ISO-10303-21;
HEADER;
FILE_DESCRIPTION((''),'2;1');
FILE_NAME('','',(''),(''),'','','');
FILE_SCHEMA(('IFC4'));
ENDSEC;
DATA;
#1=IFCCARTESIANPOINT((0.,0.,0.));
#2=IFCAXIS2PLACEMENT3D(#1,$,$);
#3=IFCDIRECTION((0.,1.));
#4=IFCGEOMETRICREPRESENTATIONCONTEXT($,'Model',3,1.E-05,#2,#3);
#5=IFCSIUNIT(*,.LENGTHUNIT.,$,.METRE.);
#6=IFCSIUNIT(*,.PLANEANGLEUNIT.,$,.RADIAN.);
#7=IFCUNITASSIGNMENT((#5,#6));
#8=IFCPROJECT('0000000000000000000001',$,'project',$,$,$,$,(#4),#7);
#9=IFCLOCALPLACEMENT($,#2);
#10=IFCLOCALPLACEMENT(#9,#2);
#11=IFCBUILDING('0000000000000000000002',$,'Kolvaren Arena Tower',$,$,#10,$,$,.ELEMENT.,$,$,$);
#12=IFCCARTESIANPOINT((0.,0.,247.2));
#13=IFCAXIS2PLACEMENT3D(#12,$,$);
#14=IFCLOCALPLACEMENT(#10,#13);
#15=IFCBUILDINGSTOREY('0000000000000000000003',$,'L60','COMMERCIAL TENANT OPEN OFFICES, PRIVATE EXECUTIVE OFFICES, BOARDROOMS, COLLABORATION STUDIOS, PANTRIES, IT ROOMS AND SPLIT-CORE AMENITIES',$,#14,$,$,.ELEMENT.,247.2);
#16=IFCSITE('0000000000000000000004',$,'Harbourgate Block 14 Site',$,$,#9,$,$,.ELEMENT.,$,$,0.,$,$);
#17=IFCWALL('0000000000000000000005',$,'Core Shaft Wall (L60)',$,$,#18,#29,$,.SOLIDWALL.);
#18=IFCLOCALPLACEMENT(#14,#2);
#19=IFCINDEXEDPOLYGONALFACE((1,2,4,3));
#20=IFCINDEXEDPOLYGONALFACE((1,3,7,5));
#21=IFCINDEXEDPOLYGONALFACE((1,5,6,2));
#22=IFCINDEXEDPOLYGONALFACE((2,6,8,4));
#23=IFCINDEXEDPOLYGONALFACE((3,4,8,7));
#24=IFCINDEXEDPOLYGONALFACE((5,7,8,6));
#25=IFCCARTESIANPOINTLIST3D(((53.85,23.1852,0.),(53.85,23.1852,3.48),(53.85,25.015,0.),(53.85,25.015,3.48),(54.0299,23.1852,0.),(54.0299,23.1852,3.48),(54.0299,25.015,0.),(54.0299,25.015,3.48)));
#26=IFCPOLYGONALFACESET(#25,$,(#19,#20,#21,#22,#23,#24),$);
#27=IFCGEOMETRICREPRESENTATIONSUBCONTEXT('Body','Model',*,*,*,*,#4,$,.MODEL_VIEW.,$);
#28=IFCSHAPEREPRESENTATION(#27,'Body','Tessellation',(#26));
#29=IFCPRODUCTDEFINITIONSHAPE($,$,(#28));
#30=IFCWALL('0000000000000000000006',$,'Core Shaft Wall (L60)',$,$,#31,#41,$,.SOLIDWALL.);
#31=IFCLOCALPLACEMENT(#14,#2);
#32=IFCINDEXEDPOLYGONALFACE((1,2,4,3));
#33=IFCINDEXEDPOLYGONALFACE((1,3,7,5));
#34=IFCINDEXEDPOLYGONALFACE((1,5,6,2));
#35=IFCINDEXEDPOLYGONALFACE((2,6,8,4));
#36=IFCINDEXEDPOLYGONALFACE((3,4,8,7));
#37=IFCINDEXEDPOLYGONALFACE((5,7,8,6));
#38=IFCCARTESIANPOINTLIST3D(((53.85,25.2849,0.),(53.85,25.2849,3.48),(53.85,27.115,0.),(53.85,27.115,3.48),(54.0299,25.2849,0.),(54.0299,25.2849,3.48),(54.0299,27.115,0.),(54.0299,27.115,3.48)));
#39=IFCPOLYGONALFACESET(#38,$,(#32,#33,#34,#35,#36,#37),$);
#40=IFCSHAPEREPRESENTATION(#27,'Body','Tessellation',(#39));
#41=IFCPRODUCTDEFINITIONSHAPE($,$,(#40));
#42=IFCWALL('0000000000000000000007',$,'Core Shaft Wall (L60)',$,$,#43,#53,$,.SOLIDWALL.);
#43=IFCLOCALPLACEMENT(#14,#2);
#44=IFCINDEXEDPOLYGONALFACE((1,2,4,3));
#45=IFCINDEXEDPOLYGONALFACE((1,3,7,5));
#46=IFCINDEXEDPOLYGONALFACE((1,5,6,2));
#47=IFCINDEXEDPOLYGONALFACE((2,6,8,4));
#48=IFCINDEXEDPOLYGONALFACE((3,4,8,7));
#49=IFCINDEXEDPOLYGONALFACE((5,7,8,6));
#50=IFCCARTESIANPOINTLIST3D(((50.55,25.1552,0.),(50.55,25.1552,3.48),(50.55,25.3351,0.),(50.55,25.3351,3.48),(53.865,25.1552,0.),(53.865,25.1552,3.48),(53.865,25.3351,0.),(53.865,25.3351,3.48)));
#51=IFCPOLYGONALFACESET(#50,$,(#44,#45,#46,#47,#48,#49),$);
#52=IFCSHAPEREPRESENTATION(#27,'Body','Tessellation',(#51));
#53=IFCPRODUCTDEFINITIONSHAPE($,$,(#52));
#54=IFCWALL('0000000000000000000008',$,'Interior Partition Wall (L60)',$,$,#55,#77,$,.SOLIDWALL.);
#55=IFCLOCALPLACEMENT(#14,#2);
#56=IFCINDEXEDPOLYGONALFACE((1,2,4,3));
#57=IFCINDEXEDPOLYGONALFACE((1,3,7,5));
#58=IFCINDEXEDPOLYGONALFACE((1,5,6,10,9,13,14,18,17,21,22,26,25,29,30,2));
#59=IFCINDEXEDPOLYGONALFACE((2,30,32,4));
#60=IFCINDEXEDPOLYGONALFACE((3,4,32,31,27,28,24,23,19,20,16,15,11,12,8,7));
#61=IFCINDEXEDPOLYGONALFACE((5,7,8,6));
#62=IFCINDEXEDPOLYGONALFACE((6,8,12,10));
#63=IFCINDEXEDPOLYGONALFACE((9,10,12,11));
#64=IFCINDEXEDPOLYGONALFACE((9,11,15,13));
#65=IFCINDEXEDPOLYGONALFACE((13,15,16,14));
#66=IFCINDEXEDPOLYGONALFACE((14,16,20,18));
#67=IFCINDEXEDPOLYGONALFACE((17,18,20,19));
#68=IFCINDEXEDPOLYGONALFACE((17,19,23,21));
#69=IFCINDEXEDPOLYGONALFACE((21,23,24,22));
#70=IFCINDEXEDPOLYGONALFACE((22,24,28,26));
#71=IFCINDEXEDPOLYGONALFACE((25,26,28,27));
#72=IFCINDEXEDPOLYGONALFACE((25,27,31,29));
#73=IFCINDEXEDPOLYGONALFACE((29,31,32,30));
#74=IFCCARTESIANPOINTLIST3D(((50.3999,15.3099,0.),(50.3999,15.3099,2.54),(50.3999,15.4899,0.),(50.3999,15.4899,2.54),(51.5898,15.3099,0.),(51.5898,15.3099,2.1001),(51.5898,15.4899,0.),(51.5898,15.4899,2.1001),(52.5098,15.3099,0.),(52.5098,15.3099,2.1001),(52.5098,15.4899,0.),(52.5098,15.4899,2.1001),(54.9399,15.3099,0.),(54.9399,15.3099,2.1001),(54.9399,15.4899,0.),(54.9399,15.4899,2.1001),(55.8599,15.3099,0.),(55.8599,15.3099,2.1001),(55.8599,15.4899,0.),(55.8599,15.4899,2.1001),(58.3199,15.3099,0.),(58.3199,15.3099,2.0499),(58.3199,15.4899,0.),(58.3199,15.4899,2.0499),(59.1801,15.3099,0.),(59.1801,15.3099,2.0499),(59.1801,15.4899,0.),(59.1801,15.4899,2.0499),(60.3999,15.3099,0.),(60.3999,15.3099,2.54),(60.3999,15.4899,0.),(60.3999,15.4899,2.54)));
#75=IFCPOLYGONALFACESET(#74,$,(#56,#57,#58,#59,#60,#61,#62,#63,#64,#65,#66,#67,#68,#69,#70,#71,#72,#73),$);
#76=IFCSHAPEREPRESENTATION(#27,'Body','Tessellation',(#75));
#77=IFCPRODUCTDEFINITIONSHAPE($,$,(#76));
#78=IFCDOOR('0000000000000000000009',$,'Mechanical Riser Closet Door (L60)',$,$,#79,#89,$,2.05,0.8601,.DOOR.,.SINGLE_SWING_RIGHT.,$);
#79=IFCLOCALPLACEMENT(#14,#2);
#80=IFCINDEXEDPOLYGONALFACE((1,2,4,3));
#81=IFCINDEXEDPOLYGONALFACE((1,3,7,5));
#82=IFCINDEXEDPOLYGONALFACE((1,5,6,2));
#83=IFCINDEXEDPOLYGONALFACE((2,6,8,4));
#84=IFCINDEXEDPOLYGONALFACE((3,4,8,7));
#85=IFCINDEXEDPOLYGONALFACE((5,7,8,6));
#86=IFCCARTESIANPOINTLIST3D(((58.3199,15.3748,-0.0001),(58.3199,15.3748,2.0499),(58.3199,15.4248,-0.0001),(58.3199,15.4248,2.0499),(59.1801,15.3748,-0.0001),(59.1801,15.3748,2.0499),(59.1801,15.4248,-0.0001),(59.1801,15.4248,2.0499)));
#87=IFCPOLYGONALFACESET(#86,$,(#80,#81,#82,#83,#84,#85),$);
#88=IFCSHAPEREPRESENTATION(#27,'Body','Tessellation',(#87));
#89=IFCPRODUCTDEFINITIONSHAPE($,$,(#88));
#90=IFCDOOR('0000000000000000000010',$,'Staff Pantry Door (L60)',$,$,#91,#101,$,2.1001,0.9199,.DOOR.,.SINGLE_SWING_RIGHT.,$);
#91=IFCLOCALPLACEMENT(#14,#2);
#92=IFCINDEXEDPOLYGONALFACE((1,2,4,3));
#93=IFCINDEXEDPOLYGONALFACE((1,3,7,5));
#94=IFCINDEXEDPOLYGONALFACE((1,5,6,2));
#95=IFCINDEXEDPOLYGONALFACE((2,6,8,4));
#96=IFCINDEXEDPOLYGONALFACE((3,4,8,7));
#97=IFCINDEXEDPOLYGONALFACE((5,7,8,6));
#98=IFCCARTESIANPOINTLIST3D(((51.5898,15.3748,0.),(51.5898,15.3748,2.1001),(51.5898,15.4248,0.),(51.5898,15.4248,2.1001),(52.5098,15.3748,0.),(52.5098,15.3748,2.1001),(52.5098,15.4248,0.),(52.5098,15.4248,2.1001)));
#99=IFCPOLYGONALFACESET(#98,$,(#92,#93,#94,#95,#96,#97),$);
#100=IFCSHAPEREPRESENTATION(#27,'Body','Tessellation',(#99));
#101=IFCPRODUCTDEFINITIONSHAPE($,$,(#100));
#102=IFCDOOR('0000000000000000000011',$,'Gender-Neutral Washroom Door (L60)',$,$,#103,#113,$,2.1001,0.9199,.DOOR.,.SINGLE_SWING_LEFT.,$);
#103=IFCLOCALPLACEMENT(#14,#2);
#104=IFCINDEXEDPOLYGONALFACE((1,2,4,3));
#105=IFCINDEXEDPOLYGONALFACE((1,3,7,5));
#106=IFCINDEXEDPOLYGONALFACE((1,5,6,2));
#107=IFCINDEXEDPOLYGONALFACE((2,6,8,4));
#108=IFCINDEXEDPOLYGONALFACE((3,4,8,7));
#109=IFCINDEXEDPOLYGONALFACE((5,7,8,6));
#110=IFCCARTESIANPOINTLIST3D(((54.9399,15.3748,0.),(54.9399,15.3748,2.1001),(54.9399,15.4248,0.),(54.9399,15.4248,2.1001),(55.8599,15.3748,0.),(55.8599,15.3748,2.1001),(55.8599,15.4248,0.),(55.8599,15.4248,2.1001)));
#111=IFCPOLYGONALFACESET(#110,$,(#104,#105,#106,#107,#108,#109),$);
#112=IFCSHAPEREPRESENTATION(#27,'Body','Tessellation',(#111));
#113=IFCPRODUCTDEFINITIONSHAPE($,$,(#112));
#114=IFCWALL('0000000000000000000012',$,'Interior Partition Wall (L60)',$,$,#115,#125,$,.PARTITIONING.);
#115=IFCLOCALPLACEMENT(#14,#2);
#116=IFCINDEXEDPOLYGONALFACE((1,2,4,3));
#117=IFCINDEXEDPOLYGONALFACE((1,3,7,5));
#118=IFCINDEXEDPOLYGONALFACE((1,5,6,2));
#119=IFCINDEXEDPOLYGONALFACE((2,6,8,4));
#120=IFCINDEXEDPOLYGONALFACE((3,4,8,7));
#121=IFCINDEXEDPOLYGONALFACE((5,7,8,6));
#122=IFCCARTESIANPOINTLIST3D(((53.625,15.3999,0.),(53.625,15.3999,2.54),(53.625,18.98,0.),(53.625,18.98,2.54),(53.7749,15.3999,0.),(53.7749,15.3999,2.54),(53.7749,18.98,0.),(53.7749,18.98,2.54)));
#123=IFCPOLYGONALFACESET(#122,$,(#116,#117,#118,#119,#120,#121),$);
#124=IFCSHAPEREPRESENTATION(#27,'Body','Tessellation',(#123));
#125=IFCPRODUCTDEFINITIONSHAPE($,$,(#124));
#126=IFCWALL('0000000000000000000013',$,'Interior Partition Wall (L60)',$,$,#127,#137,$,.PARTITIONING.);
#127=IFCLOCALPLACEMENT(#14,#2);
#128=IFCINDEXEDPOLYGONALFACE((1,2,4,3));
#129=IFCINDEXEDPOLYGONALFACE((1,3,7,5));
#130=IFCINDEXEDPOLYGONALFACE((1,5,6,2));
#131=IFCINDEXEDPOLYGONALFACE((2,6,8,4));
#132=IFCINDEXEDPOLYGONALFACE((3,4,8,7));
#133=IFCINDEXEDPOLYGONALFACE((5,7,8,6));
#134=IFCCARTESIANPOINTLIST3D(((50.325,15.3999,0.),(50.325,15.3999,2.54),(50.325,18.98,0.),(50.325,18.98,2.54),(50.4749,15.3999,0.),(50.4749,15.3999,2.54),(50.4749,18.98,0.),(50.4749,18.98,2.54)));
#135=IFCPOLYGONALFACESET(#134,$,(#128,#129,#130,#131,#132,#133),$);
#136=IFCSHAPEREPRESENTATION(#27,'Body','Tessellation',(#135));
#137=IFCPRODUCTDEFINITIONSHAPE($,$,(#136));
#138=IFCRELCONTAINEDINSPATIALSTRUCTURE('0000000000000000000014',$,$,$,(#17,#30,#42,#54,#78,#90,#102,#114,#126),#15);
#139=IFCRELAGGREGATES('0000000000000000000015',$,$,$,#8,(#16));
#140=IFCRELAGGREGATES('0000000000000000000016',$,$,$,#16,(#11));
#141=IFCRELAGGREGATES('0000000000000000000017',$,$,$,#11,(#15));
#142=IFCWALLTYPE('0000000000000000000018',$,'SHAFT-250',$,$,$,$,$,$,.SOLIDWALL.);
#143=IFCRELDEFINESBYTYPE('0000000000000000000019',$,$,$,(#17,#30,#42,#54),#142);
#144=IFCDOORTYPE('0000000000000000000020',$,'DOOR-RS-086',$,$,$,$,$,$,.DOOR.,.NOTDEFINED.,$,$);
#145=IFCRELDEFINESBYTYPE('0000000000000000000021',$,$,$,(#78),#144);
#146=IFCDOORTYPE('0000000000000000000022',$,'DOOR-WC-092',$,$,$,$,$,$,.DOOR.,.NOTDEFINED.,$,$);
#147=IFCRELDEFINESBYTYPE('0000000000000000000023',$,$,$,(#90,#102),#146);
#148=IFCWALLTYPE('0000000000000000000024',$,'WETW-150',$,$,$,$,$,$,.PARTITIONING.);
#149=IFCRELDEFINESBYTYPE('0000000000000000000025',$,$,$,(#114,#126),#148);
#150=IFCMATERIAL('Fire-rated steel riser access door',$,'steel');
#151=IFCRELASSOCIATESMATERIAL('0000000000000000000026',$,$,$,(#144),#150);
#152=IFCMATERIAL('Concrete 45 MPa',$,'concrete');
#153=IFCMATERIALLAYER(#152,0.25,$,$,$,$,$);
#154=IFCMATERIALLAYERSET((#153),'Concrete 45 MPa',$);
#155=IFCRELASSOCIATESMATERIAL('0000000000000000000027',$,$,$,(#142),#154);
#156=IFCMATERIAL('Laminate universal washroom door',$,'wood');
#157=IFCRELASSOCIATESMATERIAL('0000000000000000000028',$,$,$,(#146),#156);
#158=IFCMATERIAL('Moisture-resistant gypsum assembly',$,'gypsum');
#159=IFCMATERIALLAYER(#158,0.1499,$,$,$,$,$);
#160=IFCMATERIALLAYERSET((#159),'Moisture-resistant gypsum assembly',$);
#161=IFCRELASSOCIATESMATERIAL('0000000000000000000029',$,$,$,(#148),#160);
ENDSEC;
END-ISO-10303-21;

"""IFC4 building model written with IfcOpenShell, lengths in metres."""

from ifc_helpers import new_model, si_unit, direction, frame, frame_2d, origin, place, context, subcontext, project, spatial, rectangle, extrude, material, layer, layer_set, type_object, element, fill, save


model = new_model("IFC4")

# Units and contexts
model_context = context("Model", 3, precision=1e-05, world=origin(), true_north=direction((0.0, 1.0)))
body_context = subcontext(model_context, "Body", "Model", "MODEL_VIEW")
ifc_project = project(units=[si_unit("LENGTHUNIT", "METRE"), si_unit("PLANEANGLEUNIT", "RADIAN")], contexts=[model_context])

# Site, building, storey
site_placement = place(None, origin())
site = spatial("IfcSite", under=ifc_project, at=site_placement, Name="Harbourgate Block 14 Site", CompositionType="ELEMENT", RefElevation=0.0)
building_placement = place(site_placement, origin())
building = spatial("IfcBuilding", under=site, at=building_placement, Name="Kolvaren Arena Tower", CompositionType="ELEMENT")
storey_placement = place(building_placement, frame((0.0, 0.0, 247.2)))
storey = spatial("IfcBuildingStorey", under=building, at=storey_placement, Name="L60", Description="COMMERCIAL TENANT OPEN OFFICES, PRIVATE EXECUTIVE OFFICES, BOARDROOMS, COLLABORATION STUDIOS, PANTRIES, IT ROOMS AND SPLIT-CORE AMENITIES", CompositionType="ELEMENT", Elevation=247.2)

# Shared definitions
ifc_material_1 = material(Name="Fire-rated steel riser access door", Category="steel")
door_type_1 = type_object("IfcDoorType", Name="DOOR-RS-086", OperationType="NOTDEFINED", PredefinedType="DOOR", material=ifc_material_1)

# Shared definitions
ifc_material_2 = material(Name="Concrete 45 MPa", Category="concrete")
ifc_layer_1 = layer(ifc_material_2, 0.25)
ifc_layer_set_1 = layer_set([ifc_layer_1], Name="Concrete 45 MPa")
wall_type_1 = type_object("IfcWallType", Name="SHAFT-250", PredefinedType="SOLIDWALL", material=ifc_layer_set_1)

# Walls
wall_1_placement = place(storey_placement, frame((53.9399, 23.1851, 0.0), z_axis=(0.0, 0.0, 1.0), x_axis=(0.0, 1.0, 0.0)))
element("IfcWall", 1, at=wall_1_placement, inside=storey, type_object=wall_type_1, Name="Core Shaft Wall (L60)", PredefinedType="SOLIDWALL", context=body_context, shape_type="SweptSolid", body=[
    extrude(rectangle(XDim=1.8298, YDim=0.1799, at=frame_2d((0.915, 0.0))), origin(), (0.0, 0.0, 1.0), 3.48),
])
wall_2_placement = place(storey_placement, frame((53.9399, 25.2849, 0.0), z_axis=(0.0, 0.0, 1.0), x_axis=(0.0, 1.0, 0.0)))
element("IfcWall", 2, at=wall_2_placement, inside=storey, type_object=wall_type_1, Name="Core Shaft Wall (L60)", PredefinedType="SOLIDWALL", context=body_context, shape_type="SweptSolid", body=[
    extrude(rectangle(XDim=1.8301, YDim=0.1799, at=frame_2d((0.915, 0.0))), origin(), (0.0, 0.0, 1.0), 3.48),
])
wall_3_placement = place(storey_placement, frame((50.55, 25.2451, 0.0), z_axis=(0.0, 0.0, 1.0), x_axis=(1.0, 0.0, 0.0)))
element("IfcWall", 3, at=wall_3_placement, inside=storey, type_object=wall_type_1, Name="Core Shaft Wall (L60)", PredefinedType="SOLIDWALL", context=body_context, shape_type="SweptSolid", body=[
    extrude(rectangle(XDim=3.3149, YDim=0.1799, at=frame_2d((1.6575, 0.0))), origin(), (0.0, 0.0, 1.0), 3.48),
])

# Wall, openings, doors
wall_4_placement = place(storey_placement, frame((50.3999, 15.3999, 0.0), z_axis=(0.0, 0.0, 1.0), x_axis=(1.0, 0.0, 0.0)))
wall_4 = element("IfcWall", 4, at=wall_4_placement, inside=storey, type_object=wall_type_1, Name="Interior Partition Wall (L60)", PredefinedType="SOLIDWALL", context=body_context, shape_type="SweptSolid", body=[
    extrude(rectangle(XDim=10.0, YDim=0.1799, at=frame_2d((5.0, 0.0))), origin(), (0.0, 0.0, 1.0), 2.54),
])
opening_1_placement = place(wall_4_placement, frame((1.1899, 0.0, 0.0)))
opening_1 = element("IfcOpeningElement", 5, at=opening_1_placement, cuts=wall_4, PredefinedType="OPENING", context=body_context, shape_type="SweptSolid", body=[
    extrude(rectangle(XDim=0.9199, YDim=2.1001, at=frame_2d((0.46, 1.05))), frame((0.0, 0.0999, 0.0), z_axis=(0.0, -1.0, 0.0), x_axis=(1.0, 0.0, 0.0)), (0.0, 0.0, 1.0), 0.2),
])
opening_2_placement = place(wall_4_placement, frame((4.54, 0.0, 0.0)))
opening_2 = element("IfcOpeningElement", 6, at=opening_2_placement, cuts=wall_4, PredefinedType="OPENING", context=body_context, shape_type="SweptSolid", body=[
    extrude(rectangle(XDim=0.9199, YDim=2.1001, at=frame_2d((0.46, 1.05))), frame((0.0, 0.0999, 0.0), z_axis=(0.0, -1.0, 0.0), x_axis=(1.0, 0.0, 0.0)), (0.0, 0.0, 1.0), 0.2),
])
opening_3_placement = place(wall_4_placement, frame((7.9199, 0.0, 0.0)))
opening_3 = element("IfcOpeningElement", 7, at=opening_3_placement, cuts=wall_4, PredefinedType="OPENING", context=body_context, shape_type="SweptSolid", body=[
    extrude(rectangle(XDim=0.8601, YDim=2.05, at=frame_2d((0.4302, 1.0249))), frame((0.0, 0.0999, 0.0), z_axis=(0.0, -1.0, 0.0), x_axis=(1.0, 0.0, 0.0)), (0.0, 0.0, 1.0), 0.2),
])
door_1_placement = place(opening_3_placement, origin())
door_1 = element("IfcDoor", 8, at=door_1_placement, inside=storey, type_object=door_type_1, Name="Mechanical Riser Closet Door (L60)", OperationType="SINGLE_SWING_RIGHT", OverallHeight=2.05, OverallWidth=0.8601, PredefinedType="DOOR", context=body_context, shape_type="SweptSolid", body=[
    extrude(rectangle(XDim=0.8601, YDim=2.05, at=frame_2d((0.4302, 1.0249))), frame((0.0, 0.0249, 0.0), z_axis=(0.0, -1.0, 0.0), x_axis=(1.0, 0.0, 0.0)), (0.0, 0.0, 1.0), 0.05),
])
fill(opening_3, door_1)
ifc_material_3 = material(Name="Laminate universal washroom door", Category="wood")
door_type_2 = type_object("IfcDoorType", Name="DOOR-WC-092", OperationType="NOTDEFINED", PredefinedType="DOOR", material=ifc_material_3)
door_2_placement = place(opening_1_placement, origin())
door_2 = element("IfcDoor", 9, at=door_2_placement, inside=storey, type_object=door_type_2, Name="Staff Pantry Door (L60)", OperationType="SINGLE_SWING_RIGHT", OverallHeight=2.1001, OverallWidth=0.9199, PredefinedType="DOOR", context=body_context, shape_type="SweptSolid", body=[
    extrude(rectangle(XDim=0.9199, YDim=2.1001, at=frame_2d((0.46, 1.05))), frame((0.0, 0.0249, 0.0), z_axis=(0.0, -1.0, 0.0), x_axis=(1.0, 0.0, 0.0)), (0.0, 0.0, 1.0), 0.05),
])
fill(opening_1, door_2)
door_3_placement = place(opening_2_placement, origin())
door_3 = element("IfcDoor", 10, at=door_3_placement, inside=storey, type_object=door_type_2, Name="Gender-Neutral Washroom Door (L60)", OperationType="SINGLE_SWING_LEFT", OverallHeight=2.1001, OverallWidth=0.9199, PredefinedType="DOOR", context=body_context, shape_type="SweptSolid", body=[
    extrude(rectangle(XDim=0.9199, YDim=2.1001, at=frame_2d((0.46, 1.05))), frame((0.0, 0.0249, 0.0), z_axis=(0.0, -1.0, 0.0), x_axis=(1.0, 0.0, 0.0)), (0.0, 0.0, 1.0), 0.05),
])
fill(opening_2, door_3)

# Walls
ifc_material_4 = material(Name="Moisture-resistant gypsum assembly", Category="gypsum")
ifc_layer_2 = layer(ifc_material_4, 0.1499)
ifc_layer_set_2 = layer_set([ifc_layer_2], Name="Moisture-resistant gypsum assembly")
wall_type_2 = type_object("IfcWallType", Name="WETW-150", PredefinedType="PARTITIONING", material=ifc_layer_set_2)
for number, where, z_axis, x_axis, name in (
    (11, (53.7, 15.3999, 0.0), (0.0, 0.0, 1.0), (0.0, 1.0, 0.0), "Interior Partition Wall (L60)"),
    (12, (50.3999, 15.3999, 0.0), (0.0, 0.0, 1.0), (0.0, 1.0, 0.0), "Interior Partition Wall (L60)"),
):
    element("IfcWall", number, at=place(storey_placement, frame(where, z_axis=z_axis, x_axis=x_axis)), inside=storey, type_object=wall_type_2, Name=name, PredefinedType="PARTITIONING", context=body_context, shape_type="SweptSolid", body=[
        extrude(rectangle(XDim=3.5801, YDim=0.1499, at=frame_2d((1.79, 0.0))), origin(), (0.0, 0.0, 1.0), 2.54),
    ])

save(model, "model.ifc")
